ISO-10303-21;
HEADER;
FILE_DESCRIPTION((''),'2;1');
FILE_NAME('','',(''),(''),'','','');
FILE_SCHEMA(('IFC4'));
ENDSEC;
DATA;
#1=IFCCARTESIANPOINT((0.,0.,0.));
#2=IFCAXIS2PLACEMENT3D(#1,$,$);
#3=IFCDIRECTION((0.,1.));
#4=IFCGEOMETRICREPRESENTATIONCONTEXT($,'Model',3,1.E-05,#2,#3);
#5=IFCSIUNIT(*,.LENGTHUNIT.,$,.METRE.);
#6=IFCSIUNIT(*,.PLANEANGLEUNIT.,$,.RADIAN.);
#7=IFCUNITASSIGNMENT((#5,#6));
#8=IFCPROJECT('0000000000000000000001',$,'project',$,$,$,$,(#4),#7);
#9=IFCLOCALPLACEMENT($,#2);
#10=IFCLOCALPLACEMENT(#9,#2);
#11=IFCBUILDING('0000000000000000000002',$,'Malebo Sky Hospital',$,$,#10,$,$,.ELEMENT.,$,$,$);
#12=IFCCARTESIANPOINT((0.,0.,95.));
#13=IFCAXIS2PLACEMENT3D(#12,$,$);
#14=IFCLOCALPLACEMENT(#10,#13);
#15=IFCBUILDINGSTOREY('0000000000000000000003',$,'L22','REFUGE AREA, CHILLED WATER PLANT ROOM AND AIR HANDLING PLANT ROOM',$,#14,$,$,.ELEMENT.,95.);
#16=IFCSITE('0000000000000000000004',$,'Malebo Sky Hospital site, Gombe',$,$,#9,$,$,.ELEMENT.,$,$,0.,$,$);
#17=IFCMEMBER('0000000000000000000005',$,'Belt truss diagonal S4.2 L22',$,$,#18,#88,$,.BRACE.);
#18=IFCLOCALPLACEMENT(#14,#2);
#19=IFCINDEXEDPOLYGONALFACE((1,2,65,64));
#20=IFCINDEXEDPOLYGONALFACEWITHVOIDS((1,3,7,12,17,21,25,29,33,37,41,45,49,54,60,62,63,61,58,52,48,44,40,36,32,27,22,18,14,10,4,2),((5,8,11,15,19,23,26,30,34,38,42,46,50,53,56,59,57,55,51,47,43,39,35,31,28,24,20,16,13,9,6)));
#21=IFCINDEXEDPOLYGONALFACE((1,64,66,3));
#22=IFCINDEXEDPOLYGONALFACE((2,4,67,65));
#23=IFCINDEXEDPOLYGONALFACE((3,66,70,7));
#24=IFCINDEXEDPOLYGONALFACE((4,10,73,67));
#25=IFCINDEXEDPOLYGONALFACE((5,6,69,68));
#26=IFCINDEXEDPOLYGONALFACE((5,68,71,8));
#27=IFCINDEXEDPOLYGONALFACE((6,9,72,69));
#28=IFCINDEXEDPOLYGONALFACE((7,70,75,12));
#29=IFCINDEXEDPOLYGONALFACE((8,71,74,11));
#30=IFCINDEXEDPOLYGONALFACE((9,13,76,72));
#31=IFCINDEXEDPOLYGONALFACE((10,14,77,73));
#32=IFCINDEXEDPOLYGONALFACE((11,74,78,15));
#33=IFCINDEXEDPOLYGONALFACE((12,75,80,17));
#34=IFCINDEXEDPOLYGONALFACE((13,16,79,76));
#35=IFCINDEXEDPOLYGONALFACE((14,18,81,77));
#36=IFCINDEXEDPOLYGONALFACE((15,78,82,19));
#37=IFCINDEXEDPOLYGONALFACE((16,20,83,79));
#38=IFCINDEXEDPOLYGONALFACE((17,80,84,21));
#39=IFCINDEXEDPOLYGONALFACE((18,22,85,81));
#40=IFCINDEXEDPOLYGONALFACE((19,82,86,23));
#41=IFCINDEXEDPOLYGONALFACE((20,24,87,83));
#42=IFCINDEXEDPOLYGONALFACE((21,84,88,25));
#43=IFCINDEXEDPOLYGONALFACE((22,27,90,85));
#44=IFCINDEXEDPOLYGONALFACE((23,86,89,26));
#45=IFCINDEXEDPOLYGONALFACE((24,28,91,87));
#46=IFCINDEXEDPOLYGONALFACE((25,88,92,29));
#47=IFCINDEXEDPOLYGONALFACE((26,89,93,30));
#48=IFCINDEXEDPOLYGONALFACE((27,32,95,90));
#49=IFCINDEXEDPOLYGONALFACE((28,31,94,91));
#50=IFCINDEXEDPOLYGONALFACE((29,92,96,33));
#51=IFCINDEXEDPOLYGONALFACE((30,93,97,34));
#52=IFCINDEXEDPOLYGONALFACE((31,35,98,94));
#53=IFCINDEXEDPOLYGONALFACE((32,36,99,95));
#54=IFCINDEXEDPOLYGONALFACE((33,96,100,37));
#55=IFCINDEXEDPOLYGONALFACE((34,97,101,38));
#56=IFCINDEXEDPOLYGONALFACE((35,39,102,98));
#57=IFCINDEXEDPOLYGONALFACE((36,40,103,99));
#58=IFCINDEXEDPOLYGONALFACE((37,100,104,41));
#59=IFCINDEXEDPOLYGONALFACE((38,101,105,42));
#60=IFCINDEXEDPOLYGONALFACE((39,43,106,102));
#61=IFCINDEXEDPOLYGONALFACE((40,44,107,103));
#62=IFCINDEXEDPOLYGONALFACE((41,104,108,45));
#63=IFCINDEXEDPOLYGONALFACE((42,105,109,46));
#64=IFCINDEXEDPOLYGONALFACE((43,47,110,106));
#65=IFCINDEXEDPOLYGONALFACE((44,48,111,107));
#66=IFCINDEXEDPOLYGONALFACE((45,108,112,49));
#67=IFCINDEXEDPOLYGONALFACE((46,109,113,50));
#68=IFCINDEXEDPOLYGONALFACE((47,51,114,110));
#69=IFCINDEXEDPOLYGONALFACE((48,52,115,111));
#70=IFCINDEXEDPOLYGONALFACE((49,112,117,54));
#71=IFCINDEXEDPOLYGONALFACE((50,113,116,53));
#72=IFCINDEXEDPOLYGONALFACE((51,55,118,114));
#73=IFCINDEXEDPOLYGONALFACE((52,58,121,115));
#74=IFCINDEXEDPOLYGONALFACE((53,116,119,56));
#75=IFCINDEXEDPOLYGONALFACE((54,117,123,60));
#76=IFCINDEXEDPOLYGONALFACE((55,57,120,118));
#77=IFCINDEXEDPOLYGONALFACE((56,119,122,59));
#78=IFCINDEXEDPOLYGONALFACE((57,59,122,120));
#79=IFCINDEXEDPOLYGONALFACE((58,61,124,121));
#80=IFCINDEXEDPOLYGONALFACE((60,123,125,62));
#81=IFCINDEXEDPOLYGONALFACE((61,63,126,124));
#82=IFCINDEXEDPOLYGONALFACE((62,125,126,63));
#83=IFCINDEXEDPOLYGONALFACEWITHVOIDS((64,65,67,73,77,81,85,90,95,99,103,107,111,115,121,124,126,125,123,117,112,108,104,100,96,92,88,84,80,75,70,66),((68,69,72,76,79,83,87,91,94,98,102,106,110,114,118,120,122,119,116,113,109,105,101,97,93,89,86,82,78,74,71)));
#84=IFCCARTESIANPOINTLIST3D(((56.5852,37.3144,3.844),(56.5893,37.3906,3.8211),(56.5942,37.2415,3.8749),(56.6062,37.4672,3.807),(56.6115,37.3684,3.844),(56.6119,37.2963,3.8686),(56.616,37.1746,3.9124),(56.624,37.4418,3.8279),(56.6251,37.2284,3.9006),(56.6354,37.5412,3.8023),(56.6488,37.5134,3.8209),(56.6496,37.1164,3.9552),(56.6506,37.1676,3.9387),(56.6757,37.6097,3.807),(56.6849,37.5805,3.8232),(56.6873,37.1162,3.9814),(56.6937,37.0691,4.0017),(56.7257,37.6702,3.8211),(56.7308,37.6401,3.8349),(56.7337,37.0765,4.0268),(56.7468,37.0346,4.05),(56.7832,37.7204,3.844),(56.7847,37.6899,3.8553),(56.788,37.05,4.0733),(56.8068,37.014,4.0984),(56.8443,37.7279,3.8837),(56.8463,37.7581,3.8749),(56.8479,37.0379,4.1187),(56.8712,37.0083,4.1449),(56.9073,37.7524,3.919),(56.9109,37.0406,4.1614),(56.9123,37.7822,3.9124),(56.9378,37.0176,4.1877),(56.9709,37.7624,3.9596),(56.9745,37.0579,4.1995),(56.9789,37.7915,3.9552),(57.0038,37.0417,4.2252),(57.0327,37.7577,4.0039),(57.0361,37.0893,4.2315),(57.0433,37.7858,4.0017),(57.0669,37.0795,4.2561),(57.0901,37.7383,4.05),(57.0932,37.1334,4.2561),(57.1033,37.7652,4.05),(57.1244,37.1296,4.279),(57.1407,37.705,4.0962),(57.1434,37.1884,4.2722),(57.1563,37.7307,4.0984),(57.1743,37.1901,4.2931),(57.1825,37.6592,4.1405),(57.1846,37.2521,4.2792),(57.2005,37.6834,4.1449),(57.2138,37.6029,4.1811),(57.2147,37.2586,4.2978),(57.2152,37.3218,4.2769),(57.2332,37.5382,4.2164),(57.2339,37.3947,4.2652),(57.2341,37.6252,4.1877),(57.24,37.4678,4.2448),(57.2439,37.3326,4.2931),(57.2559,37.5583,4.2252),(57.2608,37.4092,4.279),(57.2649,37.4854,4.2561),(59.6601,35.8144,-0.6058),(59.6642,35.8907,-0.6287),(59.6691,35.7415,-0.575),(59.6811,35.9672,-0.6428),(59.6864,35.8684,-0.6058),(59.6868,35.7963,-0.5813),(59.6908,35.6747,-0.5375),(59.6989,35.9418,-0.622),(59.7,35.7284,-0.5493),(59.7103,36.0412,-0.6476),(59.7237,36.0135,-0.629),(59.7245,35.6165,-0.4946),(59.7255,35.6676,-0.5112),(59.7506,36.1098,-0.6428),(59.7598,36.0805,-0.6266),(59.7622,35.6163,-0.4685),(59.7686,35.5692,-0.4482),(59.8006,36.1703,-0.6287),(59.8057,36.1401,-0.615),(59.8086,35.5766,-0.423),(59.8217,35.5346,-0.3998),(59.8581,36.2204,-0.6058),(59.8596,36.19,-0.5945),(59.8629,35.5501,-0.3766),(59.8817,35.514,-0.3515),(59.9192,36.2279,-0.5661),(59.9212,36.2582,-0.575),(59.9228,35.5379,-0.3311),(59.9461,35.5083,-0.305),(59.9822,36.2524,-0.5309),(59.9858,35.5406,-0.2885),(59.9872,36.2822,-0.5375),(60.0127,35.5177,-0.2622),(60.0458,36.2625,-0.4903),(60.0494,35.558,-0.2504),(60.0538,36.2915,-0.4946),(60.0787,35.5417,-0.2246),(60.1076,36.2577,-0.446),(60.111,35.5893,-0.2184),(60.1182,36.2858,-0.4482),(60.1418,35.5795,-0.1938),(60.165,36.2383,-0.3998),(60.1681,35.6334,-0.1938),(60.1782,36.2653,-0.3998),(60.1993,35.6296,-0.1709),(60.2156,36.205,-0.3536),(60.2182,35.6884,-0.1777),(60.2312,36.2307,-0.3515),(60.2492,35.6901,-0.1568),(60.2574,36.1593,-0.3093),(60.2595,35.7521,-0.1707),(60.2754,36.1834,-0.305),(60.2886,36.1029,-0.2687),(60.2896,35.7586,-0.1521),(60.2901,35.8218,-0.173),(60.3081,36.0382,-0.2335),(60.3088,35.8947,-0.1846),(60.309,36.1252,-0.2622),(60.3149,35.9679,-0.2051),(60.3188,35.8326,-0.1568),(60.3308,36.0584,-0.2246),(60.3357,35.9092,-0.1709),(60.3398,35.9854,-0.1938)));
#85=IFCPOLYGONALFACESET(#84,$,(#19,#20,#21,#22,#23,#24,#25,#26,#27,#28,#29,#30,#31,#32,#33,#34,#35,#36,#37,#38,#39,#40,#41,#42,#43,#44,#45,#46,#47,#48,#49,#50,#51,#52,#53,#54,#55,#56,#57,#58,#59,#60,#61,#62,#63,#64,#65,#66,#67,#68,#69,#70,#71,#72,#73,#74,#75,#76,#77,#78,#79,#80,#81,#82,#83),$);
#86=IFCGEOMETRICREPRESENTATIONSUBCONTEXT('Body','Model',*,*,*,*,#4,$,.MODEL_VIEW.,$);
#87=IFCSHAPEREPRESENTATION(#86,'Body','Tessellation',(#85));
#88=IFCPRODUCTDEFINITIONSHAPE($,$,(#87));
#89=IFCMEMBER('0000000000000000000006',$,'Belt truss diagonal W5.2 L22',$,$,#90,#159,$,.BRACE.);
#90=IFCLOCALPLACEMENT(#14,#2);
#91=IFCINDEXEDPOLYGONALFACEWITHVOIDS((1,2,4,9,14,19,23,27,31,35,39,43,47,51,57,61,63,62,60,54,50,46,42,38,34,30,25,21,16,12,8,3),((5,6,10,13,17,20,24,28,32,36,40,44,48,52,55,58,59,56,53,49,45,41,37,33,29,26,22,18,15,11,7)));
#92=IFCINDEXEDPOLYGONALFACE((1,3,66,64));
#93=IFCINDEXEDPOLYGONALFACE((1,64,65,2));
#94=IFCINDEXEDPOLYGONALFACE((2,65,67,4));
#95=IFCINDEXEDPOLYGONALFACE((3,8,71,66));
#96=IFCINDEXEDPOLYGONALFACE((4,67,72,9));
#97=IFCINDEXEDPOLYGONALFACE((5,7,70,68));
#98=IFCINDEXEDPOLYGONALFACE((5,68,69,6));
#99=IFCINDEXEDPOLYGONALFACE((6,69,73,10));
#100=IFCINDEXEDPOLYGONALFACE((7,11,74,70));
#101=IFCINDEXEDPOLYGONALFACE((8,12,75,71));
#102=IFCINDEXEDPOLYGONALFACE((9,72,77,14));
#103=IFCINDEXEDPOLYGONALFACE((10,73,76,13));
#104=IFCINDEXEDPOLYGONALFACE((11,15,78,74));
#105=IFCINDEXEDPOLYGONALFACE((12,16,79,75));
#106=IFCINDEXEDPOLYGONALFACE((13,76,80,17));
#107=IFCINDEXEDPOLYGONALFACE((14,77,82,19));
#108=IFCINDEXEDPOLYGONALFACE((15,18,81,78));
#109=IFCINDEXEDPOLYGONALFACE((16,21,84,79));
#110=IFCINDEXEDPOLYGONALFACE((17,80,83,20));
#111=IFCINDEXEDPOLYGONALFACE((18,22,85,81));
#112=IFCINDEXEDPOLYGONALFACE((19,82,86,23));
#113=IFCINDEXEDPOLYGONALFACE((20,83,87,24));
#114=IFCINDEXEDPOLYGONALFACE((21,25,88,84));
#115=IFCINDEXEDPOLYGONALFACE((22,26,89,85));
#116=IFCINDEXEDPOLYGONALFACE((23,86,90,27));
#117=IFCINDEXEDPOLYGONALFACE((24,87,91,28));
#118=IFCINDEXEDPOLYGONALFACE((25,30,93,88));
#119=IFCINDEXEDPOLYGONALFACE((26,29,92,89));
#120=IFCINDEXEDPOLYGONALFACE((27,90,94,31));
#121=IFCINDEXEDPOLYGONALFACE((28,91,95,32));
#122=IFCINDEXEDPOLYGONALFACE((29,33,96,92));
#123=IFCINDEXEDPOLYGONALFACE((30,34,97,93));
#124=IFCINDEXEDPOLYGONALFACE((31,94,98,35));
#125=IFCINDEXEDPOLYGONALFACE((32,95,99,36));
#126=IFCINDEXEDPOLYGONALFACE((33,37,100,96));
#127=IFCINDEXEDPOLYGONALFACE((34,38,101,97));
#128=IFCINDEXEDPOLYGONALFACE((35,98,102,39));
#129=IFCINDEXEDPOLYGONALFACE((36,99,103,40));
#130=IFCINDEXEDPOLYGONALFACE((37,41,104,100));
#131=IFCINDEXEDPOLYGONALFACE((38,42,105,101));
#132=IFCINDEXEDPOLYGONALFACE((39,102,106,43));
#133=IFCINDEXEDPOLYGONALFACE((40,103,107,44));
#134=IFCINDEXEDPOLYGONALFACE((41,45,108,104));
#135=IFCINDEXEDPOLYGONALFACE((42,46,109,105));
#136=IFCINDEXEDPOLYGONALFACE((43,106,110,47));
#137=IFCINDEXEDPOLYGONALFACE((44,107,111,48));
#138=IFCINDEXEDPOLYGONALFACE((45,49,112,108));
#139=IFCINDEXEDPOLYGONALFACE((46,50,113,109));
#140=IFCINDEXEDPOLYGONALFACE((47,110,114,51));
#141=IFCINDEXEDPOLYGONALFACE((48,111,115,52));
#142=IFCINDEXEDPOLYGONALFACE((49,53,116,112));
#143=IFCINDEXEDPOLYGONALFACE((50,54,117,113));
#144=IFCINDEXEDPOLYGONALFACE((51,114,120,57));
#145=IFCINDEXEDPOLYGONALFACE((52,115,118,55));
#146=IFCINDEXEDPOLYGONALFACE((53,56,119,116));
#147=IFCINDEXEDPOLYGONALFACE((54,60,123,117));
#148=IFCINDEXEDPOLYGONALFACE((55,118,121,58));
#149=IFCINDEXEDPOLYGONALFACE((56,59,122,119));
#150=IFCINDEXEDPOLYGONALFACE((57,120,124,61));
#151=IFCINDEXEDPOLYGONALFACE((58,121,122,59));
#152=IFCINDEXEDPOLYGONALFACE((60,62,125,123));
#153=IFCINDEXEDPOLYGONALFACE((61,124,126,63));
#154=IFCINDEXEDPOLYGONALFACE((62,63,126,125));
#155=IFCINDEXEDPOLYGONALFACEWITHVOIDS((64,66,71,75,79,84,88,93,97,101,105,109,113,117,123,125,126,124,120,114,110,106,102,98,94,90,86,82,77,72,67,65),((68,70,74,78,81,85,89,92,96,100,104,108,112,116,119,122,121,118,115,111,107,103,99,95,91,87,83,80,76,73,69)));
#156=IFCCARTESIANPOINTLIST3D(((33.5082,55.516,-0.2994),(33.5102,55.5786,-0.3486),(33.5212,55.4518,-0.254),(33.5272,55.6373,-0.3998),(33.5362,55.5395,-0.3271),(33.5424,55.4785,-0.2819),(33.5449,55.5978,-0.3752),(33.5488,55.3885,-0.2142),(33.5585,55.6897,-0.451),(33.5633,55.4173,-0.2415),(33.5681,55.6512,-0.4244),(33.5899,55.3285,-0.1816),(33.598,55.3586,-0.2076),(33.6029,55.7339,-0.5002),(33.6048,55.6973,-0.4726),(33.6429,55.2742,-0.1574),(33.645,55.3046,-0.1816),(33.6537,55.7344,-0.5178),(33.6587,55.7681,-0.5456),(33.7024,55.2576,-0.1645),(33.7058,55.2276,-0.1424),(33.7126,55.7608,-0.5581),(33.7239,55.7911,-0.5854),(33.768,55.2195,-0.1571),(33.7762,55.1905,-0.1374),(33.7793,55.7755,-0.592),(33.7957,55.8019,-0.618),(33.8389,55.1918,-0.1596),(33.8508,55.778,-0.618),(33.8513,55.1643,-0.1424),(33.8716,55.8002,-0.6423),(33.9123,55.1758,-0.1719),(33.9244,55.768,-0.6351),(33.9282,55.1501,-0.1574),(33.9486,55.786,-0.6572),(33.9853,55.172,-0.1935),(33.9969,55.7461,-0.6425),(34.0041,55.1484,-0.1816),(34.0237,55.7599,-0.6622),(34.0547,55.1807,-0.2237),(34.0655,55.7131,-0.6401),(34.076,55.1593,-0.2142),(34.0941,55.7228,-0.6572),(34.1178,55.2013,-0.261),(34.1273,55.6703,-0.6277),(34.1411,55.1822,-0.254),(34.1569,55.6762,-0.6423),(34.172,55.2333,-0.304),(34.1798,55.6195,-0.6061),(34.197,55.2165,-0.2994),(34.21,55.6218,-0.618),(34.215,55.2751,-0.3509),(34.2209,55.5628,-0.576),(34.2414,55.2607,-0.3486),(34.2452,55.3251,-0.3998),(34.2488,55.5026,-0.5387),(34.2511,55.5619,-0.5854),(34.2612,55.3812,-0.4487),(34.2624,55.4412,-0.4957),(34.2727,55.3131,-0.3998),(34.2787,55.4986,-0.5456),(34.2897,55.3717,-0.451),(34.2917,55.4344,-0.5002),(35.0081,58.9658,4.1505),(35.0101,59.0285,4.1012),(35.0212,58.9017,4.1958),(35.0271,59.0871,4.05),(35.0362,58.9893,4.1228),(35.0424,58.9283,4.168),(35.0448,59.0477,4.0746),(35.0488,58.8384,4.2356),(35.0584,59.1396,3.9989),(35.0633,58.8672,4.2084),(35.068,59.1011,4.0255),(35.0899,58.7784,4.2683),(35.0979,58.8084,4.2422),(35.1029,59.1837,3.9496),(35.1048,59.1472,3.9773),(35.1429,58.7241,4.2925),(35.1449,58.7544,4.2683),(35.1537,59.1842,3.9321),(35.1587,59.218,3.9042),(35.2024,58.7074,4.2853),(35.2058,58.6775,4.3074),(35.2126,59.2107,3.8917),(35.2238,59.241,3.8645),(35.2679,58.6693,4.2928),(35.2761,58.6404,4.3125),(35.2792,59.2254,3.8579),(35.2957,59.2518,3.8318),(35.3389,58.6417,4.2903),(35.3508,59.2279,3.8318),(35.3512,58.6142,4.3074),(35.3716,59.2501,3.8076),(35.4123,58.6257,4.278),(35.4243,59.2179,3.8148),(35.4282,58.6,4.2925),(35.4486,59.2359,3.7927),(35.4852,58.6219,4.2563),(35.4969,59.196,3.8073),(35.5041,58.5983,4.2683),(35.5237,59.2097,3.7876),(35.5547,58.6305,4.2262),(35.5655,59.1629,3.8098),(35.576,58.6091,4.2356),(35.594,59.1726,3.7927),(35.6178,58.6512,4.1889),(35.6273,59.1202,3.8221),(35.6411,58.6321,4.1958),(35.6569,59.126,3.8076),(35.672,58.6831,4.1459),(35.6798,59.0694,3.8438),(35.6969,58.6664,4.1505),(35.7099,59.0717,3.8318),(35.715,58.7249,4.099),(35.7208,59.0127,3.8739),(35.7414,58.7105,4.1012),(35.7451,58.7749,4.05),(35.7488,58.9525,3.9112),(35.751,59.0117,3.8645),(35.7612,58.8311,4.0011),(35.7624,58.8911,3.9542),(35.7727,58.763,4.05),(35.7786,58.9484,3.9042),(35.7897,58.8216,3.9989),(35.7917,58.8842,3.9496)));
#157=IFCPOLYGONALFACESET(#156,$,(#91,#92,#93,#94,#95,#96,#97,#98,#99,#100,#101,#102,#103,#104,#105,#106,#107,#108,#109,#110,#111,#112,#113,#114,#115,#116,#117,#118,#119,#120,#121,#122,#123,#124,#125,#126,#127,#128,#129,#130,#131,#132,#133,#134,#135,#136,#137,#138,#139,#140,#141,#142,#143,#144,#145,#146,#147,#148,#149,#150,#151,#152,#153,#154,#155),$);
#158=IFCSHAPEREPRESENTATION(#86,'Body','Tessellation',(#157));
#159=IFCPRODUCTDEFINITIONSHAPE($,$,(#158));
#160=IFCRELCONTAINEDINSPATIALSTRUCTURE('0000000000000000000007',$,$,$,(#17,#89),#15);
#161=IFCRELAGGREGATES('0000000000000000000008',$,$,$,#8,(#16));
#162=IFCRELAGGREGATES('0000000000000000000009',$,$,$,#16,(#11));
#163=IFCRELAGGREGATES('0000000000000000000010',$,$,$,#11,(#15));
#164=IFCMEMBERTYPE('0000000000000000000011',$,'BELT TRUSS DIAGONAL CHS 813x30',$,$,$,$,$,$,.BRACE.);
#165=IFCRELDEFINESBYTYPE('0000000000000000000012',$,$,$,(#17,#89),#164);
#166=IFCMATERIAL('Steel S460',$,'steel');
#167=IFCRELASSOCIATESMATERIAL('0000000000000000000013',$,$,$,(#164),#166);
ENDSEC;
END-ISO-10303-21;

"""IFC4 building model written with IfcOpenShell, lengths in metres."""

from ifc_helpers import new_model, si_unit, direction, frame, origin, origin_2d, place, context, subcontext, project, spatial, hollow_circle, extrude, material, material_profile, profile_set, type_object, element, save


model = new_model("IFC4")

# Units and contexts
model_context = context("Model", 3, precision=1e-05, world=origin(), true_north=direction((0.0, 1.0)))
body_context = subcontext(model_context, "Body", "Model", "MODEL_VIEW")
ifc_project = project(units=[si_unit("LENGTHUNIT", "METRE"), si_unit("PLANEANGLEUNIT", "RADIAN")], contexts=[model_context])

# Site, building, storey
site_placement = place(None, origin())
site = spatial("IfcSite", under=ifc_project, at=site_placement, Name="Malebo Sky Hospital site, Gombe", CompositionType="ELEMENT", RefElevation=0.0)
building_placement = place(site_placement, origin())
building = spatial("IfcBuilding", under=site, at=building_placement, Name="Malebo Sky Hospital", CompositionType="ELEMENT")
storey_placement = place(building_placement, frame((0.0, 0.0, 95.0)))
storey = spatial("IfcBuildingStorey", under=building, at=storey_placement, Name="L22", Description="REFUGE AREA, CHILLED WATER PLANT ROOM AND AIR HANDLING PLANT ROOM", CompositionType="ELEMENT", Elevation=95.0)

# Members
ifc_material_1 = material(Name="Steel S460", Category="steel")
ifc_material_profile_1 = material_profile(ifc_material_1, hollow_circle(Radius=0.4065, WallThickness=0.03, at=origin_2d()), Name="CHS 813x30")
ifc_profile_set_1 = profile_set([ifc_material_profile_1], Name="Steel S460")
member_type_1 = type_object("IfcMemberType", Name="BELT TRUSS DIAGONAL CHS 813x30", PredefinedType="BRACE", material=ifc_profile_set_1)
member_1_placement = place(storey_placement, frame((56.925, 37.3999, 4.05), z_axis=(0.547813, -0.26723, -0.792773), x_axis=(0.438429, 0.898766, 0.0)))
element("IfcMember", 1, at=member_1_placement, inside=storey, type_object=member_type_1, Name="Belt truss diagonal S4.2 L22", PredefinedType="BRACE", context=body_context, shape_type="SweptSolid", body=[
    extrude(hollow_circle(Radius=0.4065, WallThickness=0.03, at=origin_2d()), origin(), (0.0, 0.0, 1.0), 5.613),
])
member_2_placement = place(storey_placement, frame((35.3999, 58.925, 4.05), z_axis=(-0.257421, -0.59206, -0.763675), x_axis=(0.917068, -0.398731, 0.0)))
element("IfcMember", 2, at=member_2_placement, inside=storey, type_object=member_type_1, Name="Belt truss diagonal W5.2 L22", PredefinedType="BRACE", context=body_context, shape_type="SweptSolid", body=[
    extrude(hollow_circle(Radius=0.4065, WallThickness=0.03, at=origin_2d()), origin(), (0.0, 0.0, 1.0), 5.8269),
])

save(model, "model.ifc")
